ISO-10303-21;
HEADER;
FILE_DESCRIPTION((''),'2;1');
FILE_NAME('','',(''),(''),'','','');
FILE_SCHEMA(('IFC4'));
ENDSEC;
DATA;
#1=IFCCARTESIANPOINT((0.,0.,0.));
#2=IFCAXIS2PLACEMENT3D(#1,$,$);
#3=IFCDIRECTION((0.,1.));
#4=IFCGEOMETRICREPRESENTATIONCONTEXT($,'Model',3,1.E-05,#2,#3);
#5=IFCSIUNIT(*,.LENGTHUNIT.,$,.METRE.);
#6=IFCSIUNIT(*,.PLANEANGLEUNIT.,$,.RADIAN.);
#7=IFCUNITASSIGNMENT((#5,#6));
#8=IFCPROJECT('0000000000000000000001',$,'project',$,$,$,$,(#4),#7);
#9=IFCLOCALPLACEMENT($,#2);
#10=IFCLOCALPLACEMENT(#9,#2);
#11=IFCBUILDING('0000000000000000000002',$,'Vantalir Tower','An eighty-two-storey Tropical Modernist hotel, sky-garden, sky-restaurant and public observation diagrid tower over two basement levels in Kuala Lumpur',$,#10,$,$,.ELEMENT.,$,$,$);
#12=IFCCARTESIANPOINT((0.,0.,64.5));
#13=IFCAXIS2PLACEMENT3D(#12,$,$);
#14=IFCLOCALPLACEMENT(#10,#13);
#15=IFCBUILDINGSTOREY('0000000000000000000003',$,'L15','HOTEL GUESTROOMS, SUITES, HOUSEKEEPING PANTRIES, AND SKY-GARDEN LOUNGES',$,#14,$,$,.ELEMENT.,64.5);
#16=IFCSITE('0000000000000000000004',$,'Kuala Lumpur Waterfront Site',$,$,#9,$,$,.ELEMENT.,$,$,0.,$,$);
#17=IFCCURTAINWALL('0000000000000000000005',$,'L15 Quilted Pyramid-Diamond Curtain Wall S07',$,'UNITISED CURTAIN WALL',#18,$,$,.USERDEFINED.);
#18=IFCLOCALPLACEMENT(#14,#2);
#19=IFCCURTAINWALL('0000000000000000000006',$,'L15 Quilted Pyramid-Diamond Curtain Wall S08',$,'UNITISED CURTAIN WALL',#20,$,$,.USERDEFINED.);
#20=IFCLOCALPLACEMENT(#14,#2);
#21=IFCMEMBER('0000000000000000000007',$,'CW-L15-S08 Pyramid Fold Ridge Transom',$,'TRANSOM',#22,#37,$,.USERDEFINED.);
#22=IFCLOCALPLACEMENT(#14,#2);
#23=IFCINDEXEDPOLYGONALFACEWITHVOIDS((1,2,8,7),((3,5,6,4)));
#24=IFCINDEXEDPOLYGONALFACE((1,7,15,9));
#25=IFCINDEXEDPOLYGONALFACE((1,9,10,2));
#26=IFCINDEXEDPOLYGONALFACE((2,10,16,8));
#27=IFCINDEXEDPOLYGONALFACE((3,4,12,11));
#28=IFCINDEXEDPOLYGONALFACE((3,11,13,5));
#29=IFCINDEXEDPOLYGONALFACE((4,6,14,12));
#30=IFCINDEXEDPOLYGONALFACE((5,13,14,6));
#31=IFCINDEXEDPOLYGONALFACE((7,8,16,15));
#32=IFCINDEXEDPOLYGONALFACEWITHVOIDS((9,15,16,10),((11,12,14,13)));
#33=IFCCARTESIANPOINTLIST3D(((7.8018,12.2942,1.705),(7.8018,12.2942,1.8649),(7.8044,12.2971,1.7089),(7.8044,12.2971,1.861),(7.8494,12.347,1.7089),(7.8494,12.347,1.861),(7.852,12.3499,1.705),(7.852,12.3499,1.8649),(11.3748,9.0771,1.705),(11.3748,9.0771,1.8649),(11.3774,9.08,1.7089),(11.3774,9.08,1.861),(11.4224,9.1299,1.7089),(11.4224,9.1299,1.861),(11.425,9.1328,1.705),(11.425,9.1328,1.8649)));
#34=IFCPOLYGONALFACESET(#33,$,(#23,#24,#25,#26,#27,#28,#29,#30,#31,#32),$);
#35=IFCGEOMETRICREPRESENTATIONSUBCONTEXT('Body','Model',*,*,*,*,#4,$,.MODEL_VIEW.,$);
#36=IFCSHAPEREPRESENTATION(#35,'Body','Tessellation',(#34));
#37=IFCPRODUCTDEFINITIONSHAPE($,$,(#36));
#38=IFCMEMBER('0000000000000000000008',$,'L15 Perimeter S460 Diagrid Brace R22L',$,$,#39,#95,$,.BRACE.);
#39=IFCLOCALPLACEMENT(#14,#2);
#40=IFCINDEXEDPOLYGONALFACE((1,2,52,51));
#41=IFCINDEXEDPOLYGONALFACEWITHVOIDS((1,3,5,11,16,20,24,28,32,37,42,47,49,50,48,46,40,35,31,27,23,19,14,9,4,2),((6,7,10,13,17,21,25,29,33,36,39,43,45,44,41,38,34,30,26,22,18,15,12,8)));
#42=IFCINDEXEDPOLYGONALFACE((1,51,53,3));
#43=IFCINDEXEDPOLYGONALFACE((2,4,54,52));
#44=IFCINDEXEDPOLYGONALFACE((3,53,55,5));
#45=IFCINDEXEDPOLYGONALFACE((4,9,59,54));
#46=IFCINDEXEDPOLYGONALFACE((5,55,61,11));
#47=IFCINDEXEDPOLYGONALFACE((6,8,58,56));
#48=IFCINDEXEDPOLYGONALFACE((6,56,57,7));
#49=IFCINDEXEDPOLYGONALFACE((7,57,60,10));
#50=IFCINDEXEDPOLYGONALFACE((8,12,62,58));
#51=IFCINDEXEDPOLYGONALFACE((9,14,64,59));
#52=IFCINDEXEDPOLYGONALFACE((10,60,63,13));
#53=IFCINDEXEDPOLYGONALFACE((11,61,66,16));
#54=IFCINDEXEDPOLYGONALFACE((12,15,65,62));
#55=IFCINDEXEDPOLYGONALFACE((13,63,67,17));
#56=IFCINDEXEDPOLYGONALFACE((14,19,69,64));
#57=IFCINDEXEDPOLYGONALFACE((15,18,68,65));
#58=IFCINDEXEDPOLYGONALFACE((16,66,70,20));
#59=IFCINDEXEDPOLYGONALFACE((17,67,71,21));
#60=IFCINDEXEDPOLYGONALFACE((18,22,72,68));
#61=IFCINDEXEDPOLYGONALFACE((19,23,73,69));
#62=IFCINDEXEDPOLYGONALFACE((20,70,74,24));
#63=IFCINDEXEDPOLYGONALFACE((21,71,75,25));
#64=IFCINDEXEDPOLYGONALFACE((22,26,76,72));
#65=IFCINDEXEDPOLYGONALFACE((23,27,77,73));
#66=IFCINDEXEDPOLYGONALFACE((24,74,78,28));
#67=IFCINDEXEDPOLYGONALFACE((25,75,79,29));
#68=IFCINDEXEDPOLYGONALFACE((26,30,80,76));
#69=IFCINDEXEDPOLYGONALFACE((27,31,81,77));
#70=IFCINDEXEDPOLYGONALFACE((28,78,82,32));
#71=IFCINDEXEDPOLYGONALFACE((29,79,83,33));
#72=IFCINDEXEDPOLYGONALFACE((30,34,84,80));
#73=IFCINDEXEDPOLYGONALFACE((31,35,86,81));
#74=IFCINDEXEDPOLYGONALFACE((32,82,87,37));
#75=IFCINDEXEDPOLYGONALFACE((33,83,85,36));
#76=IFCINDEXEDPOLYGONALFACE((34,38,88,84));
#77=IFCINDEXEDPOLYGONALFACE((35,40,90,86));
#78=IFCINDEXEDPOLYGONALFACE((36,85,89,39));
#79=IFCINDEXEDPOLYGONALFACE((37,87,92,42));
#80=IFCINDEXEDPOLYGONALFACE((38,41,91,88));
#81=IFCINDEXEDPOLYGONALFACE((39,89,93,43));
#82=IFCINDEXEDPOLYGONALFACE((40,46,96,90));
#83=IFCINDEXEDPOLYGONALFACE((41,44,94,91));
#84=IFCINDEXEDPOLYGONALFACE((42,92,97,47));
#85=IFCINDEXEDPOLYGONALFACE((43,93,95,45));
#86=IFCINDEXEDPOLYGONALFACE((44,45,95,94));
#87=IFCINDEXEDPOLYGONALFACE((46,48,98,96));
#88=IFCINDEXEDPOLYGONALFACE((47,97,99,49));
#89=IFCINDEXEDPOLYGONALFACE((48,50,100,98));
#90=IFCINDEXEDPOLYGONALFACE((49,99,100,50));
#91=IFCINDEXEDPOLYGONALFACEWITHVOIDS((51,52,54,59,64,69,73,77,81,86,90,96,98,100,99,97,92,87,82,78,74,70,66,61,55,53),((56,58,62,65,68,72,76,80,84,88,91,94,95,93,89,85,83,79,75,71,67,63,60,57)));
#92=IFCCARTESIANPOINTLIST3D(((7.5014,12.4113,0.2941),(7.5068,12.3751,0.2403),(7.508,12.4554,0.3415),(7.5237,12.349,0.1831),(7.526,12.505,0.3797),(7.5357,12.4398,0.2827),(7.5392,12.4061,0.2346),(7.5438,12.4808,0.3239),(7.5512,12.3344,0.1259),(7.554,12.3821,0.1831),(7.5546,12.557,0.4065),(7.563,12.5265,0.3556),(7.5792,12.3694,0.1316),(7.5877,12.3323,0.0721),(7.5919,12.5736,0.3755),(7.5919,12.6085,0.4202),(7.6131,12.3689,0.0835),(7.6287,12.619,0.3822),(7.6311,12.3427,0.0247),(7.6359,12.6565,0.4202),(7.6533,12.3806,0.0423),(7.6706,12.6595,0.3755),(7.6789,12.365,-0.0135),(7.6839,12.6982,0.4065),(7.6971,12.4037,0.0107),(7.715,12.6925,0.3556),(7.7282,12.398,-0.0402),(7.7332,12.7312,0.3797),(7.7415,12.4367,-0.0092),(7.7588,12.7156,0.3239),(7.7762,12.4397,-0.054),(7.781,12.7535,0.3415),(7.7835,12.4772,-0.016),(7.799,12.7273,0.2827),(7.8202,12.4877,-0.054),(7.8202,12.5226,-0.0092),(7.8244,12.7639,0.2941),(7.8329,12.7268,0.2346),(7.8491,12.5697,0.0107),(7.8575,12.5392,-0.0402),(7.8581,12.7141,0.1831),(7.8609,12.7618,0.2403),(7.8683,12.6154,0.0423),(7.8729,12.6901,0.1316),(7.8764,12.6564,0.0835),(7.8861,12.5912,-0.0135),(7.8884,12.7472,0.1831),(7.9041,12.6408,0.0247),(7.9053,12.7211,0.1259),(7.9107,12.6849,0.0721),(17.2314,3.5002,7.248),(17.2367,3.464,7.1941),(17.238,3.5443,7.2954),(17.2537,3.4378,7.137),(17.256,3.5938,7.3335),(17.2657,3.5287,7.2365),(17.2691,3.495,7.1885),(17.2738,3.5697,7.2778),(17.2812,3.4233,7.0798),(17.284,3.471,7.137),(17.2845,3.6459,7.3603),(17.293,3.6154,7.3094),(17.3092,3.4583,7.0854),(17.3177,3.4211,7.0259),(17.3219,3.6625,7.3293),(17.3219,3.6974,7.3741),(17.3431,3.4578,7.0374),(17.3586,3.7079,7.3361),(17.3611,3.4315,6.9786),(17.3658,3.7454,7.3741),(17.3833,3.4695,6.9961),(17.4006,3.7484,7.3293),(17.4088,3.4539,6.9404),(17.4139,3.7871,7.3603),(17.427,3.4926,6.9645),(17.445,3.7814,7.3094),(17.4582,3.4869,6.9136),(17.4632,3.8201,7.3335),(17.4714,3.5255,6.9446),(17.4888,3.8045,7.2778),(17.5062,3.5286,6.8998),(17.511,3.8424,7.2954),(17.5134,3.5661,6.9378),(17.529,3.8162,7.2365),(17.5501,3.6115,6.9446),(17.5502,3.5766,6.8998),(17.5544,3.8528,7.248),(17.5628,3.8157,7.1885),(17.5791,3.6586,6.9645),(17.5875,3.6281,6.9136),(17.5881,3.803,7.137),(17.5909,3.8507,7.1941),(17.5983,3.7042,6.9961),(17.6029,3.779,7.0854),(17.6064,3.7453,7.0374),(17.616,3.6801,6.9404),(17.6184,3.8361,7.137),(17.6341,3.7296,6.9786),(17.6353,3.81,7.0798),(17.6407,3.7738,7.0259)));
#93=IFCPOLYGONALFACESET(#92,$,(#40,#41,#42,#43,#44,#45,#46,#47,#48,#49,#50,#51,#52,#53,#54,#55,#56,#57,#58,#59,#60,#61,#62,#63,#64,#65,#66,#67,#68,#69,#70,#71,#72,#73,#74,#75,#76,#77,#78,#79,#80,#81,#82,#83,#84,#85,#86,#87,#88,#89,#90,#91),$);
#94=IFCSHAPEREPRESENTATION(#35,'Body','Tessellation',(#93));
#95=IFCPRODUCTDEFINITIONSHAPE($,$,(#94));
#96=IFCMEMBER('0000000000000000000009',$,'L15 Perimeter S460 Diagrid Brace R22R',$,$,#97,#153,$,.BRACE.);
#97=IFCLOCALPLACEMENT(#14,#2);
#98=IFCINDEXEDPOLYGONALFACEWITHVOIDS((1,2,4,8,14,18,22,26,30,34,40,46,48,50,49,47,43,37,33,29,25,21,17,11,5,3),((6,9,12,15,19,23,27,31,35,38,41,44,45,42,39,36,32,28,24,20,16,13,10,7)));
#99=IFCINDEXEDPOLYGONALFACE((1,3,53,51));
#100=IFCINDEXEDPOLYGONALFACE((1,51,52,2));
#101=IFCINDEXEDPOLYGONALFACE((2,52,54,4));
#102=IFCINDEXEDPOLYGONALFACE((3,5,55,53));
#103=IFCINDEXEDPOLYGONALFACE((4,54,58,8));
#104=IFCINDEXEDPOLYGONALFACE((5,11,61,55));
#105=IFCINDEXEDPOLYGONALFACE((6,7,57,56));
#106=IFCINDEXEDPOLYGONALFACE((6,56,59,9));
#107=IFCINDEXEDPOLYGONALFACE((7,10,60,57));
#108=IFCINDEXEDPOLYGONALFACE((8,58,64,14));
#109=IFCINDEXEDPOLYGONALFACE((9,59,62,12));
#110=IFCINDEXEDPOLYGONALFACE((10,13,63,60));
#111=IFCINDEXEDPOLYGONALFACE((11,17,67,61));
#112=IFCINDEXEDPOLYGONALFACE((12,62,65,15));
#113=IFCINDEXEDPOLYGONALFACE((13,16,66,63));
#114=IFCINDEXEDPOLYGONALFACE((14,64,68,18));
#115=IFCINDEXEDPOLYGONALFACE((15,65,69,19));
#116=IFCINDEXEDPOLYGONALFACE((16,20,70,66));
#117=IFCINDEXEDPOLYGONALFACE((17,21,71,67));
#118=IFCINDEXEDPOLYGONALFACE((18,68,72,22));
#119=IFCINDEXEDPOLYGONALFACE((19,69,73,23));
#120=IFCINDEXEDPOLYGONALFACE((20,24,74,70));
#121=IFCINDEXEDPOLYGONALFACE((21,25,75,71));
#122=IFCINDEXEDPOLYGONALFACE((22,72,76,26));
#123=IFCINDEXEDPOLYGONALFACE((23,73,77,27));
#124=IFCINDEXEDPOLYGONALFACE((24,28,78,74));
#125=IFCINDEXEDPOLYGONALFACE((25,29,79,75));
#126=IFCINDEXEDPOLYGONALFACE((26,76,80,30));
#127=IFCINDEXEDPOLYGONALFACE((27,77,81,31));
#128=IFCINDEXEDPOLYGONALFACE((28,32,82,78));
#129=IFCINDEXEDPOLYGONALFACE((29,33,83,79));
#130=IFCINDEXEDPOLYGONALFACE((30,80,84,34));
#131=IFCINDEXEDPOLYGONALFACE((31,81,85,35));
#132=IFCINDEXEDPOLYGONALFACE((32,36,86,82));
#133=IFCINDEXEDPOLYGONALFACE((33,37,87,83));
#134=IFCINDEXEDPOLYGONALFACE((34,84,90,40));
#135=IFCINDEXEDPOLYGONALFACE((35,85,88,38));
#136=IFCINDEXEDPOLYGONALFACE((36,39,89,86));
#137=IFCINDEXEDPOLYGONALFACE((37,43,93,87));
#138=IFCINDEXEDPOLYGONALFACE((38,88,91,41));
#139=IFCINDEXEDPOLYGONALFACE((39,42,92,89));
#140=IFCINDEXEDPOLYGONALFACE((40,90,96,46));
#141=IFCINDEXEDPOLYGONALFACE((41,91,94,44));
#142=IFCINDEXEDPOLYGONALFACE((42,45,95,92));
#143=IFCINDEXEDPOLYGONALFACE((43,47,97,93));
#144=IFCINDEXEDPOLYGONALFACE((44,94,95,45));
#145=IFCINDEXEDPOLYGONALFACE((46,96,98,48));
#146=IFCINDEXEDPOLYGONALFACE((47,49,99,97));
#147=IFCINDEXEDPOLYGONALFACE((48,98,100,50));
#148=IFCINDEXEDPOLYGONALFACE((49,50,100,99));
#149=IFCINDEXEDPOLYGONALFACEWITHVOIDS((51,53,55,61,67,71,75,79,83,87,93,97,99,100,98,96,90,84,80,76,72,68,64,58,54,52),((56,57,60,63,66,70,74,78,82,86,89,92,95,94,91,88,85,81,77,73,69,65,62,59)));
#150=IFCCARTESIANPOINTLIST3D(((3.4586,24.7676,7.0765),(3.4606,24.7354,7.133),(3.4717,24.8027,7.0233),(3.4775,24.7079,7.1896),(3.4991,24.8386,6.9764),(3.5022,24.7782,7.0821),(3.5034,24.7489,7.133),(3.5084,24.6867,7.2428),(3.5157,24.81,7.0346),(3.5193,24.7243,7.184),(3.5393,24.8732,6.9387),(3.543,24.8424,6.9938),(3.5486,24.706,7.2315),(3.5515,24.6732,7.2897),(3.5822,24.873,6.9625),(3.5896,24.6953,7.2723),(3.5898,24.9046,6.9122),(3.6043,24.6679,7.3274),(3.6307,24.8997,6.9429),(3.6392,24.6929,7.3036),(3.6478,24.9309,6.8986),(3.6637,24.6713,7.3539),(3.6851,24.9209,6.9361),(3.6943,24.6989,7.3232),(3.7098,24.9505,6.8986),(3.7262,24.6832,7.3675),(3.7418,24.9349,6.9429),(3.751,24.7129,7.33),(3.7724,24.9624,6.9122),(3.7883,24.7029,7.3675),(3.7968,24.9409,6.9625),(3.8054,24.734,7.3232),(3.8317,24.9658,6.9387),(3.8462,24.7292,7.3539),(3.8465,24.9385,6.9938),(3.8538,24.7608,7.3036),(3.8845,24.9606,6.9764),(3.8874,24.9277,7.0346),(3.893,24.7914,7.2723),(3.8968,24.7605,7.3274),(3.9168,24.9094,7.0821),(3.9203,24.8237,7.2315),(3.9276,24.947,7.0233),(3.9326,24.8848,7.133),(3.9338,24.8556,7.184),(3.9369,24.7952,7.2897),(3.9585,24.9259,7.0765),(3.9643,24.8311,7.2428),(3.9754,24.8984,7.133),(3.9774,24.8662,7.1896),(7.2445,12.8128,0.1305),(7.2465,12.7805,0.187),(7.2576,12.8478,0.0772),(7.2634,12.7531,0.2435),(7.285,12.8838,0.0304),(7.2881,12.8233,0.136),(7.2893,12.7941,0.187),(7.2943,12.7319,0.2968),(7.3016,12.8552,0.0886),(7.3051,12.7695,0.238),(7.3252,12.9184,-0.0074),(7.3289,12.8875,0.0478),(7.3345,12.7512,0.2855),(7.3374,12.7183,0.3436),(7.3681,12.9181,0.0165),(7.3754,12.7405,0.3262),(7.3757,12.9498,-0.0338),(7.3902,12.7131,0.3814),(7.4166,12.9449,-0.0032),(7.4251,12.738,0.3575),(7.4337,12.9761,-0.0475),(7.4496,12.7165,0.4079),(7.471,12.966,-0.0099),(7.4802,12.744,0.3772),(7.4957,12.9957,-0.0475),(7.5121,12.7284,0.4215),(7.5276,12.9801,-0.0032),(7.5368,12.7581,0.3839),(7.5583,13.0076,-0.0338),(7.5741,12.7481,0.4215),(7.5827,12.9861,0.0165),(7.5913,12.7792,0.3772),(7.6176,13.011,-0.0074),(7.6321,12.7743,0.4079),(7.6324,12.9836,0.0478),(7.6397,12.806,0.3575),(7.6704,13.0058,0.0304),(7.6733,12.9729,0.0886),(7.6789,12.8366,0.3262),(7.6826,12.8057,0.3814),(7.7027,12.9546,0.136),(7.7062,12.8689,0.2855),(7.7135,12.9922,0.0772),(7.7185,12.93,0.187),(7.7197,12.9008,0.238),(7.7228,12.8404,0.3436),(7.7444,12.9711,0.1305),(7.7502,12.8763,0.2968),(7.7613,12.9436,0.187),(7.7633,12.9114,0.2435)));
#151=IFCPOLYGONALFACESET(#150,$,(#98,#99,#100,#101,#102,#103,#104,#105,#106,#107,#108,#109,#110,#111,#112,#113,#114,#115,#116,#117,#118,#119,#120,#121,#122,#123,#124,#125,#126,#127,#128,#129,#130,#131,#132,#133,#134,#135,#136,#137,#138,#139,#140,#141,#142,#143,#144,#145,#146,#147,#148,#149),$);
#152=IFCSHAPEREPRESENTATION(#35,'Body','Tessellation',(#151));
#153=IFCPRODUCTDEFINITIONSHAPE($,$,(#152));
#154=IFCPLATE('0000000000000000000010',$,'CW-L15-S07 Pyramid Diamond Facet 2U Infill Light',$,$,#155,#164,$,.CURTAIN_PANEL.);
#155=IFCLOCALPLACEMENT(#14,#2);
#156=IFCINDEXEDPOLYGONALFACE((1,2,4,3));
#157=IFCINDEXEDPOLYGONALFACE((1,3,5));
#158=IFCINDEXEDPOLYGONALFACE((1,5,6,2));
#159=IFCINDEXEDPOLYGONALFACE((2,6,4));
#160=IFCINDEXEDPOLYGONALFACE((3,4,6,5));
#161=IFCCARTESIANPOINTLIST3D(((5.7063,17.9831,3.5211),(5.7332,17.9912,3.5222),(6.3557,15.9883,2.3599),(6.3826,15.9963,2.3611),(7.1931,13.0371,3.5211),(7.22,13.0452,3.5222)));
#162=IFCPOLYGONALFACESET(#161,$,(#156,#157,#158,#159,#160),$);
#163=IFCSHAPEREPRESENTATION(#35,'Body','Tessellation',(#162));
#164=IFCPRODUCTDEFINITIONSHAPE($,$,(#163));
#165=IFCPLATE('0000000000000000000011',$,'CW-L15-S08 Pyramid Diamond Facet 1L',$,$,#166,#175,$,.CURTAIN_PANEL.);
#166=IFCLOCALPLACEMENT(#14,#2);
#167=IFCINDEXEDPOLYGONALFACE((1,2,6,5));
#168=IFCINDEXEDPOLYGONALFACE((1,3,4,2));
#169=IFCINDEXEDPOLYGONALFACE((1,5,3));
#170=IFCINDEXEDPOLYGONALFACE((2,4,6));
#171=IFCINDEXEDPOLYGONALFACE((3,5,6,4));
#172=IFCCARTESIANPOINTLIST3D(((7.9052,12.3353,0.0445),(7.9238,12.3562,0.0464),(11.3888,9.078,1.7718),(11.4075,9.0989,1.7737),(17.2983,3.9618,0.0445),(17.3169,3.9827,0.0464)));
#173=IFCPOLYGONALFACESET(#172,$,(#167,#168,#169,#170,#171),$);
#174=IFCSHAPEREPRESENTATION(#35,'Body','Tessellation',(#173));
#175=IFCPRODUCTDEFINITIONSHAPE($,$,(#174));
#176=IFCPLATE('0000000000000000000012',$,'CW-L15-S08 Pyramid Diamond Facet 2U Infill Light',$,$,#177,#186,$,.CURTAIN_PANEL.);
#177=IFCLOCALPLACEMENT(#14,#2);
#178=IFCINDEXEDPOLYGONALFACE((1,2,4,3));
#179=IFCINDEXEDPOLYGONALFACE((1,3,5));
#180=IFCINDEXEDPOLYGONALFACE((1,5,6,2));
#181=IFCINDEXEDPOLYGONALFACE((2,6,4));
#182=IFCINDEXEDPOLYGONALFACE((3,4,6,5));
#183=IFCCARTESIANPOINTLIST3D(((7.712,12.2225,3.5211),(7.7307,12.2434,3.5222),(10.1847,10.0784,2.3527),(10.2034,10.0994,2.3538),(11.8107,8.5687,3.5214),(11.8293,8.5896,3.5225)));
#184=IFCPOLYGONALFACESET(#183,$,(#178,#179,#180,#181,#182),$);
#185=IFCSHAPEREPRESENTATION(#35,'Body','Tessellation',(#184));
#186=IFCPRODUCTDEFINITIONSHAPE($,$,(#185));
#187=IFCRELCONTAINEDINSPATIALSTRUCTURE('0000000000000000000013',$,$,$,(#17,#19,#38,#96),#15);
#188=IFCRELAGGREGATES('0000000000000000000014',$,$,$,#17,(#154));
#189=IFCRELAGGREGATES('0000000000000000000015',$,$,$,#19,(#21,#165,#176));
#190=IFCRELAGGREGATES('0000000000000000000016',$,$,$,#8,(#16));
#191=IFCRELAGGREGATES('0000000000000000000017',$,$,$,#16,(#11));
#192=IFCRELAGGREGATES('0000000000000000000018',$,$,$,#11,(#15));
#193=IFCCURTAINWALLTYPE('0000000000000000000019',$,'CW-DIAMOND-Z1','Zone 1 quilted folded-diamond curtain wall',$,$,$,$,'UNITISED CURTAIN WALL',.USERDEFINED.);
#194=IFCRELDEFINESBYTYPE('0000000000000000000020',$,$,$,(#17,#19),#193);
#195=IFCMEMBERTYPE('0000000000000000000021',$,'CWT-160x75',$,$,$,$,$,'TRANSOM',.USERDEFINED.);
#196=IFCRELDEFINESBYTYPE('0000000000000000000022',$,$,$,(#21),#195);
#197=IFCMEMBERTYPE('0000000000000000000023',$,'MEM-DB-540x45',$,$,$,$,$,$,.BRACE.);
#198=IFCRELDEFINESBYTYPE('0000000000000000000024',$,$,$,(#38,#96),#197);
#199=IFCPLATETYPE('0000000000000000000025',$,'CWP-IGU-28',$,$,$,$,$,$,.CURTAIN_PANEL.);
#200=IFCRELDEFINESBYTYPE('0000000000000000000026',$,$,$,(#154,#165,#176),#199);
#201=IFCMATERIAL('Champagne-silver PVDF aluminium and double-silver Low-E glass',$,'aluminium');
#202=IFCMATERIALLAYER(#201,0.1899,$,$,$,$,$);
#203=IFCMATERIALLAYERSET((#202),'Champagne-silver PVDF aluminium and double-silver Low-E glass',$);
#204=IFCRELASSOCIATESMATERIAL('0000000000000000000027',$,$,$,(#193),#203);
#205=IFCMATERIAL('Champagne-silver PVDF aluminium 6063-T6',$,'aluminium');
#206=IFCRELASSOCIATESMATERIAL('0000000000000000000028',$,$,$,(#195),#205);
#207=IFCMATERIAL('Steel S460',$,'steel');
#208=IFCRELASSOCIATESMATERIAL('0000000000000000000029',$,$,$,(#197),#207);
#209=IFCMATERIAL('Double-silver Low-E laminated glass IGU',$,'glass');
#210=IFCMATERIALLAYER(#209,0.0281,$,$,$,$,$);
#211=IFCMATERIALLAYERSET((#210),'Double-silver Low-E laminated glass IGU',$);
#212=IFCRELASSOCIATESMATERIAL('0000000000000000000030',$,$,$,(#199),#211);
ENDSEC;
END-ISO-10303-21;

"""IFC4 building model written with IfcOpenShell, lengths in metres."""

from ifc_helpers import new_model, si_unit, direction, frame, origin, origin_2d, place, context, subcontext, project, spatial, polyline, hollow_rectangle, hollow_circle, outline, extrude, material, layer, layer_set, material_profile, profile_set, type_object, element, aggregate, save


model = new_model("IFC4")

# Units and contexts
model_context = context("Model", 3, precision=1e-05, world=origin(), true_north=direction((0.0, 1.0)))
body_context = subcontext(model_context, "Body", "Model", "MODEL_VIEW")
ifc_project = project(units=[si_unit("LENGTHUNIT", "METRE"), si_unit("PLANEANGLEUNIT", "RADIAN")], contexts=[model_context])

# Site, building, storey
site_placement = place(None, origin())
site = spatial("IfcSite", under=ifc_project, at=site_placement, Name="Kuala Lumpur Waterfront Site", CompositionType="ELEMENT", RefElevation=0.0)
building_placement = place(site_placement, origin())
building = spatial("IfcBuilding", under=site, at=building_placement, Name="Vantalir Tower", Description="An eighty-two-storey Tropical Modernist hotel, sky-garden, sky-restaurant and public observation diagrid tower over two basement levels in Kuala Lumpur", CompositionType="ELEMENT")
storey_placement = place(building_placement, frame((0.0, 0.0, 64.5)))
storey = spatial("IfcBuildingStorey", under=building, at=storey_placement, Name="L15", Description="HOTEL GUESTROOMS, SUITES, HOUSEKEEPING PANTRIES, AND SKY-GARDEN LOUNGES", CompositionType="ELEMENT", Elevation=64.5)

# Shared definitions
ifc_material_1 = material(Name="Steel S460", Category="steel")

# Curtain wall
ifc_material_2 = material(Name="Champagne-silver PVDF aluminium and double-silver Low-E glass", Category="aluminium")
ifc_layer_1 = layer(ifc_material_2, 0.1899)
ifc_layer_set_1 = layer_set([ifc_layer_1], Name="Champagne-silver PVDF aluminium and double-silver Low-E glass")
curtain_wall_type = type_object("IfcCurtainWallType", Name="CW-DIAMOND-Z1", Description="Zone 1 quilted folded-diamond curtain wall", ElementType="UNITISED CURTAIN WALL", PredefinedType="USERDEFINED", material=ifc_layer_set_1)
curtain_wall_1_placement = place(storey_placement, origin())
curtain_wall_1 = element("IfcCurtainWall", 1, at=curtain_wall_1_placement, inside=storey, type_object=curtain_wall_type, Name="L15 Quilted Pyramid-Diamond Curtain Wall S07", ObjectType="UNITISED CURTAIN WALL", PredefinedType="USERDEFINED")
ifc_material_3 = material(Name="Champagne-silver PVDF aluminium 6063-T6", Category="aluminium")

# Curtain wall, member
curtain_wall_2_placement = place(storey_placement, origin())
curtain_wall_2 = element("IfcCurtainWall", 2, at=curtain_wall_2_placement, inside=storey, type_object=curtain_wall_type, Name="L15 Quilted Pyramid-Diamond Curtain Wall S08", ObjectType="UNITISED CURTAIN WALL", PredefinedType="USERDEFINED")
ifc_material_profile_1 = material_profile(ifc_material_3, hollow_rectangle(XDim=0.075, YDim=0.1599, WallThickness=0.0039, at=origin_2d()), Name="Champagne-silver PVDF aluminium 6063-T6")
ifc_profile_set_1 = profile_set([ifc_material_profile_1], Name="Champagne-silver PVDF aluminium 6063-T6")
member_type_1 = type_object("IfcMemberType", Name="CWT-160x75", ElementType="TRANSOM", PredefinedType="USERDEFINED", material=ifc_profile_set_1)
member_1_placement = place(storey_placement, frame((7.8269, 12.322, 1.7849), z_axis=(0.743155, -0.669119, 0.0), x_axis=(0.669119, 0.743155, 0.0)))
member_1 = element("IfcMember", 3, at=member_1_placement, type_object=member_type_1, Name="CW-L15-S08 Pyramid Fold Ridge Transom", ObjectType="TRANSOM", PredefinedType="USERDEFINED", context=body_context, shape_type="SweptSolid", body=[
    extrude(hollow_rectangle(XDim=0.075, YDim=0.1599, WallThickness=0.0039, at=origin_2d()), origin(), (0.0, 0.0, 1.0), 4.8079),
])

# Members
ifc_material_profile_2 = material_profile(ifc_material_1, hollow_circle(Radius=0.27, WallThickness=0.0449, at=origin_2d()), Name="Steel S460")
ifc_profile_set_2 = profile_set([ifc_material_profile_2], Name="Steel S460")
member_type_2 = type_object("IfcMemberType", Name="MEM-DB-540x45", PredefinedType="BRACE", material=ifc_profile_set_2)
member_2_placement = place(storey_placement, frame((7.7061, 12.5481, 0.1831), z_axis=(0.652392, -0.597488, 0.466254), x_axis=(0.675394, 0.737457, 0.0)))
element("IfcMember", 4, at=member_2_placement, inside=storey, type_object=member_type_2, Name="L15 Perimeter S460 Diagrid Brace R22L", PredefinedType="BRACE", context=body_context, shape_type="SweptSolid", body=[
    extrude(hollow_circle(Radius=0.27, WallThickness=0.0449, at=origin_2d()), origin(), (0.0, 0.0, 1.0), 14.9143),
])
member_3_placement = place(storey_placement, frame((7.5039, 12.8621, 0.187), z_axis=(-0.264097, 0.833948, 0.484544), x_axis=(-0.953338, -0.301906, 0.0)))
element("IfcMember", 5, at=member_3_placement, inside=storey, type_object=member_type_2, Name="L15 Perimeter S460 Diagrid Brace R22R", PredefinedType="BRACE", context=body_context, shape_type="SweptSolid", body=[
    extrude(hollow_circle(Radius=0.27, WallThickness=0.0449, at=origin_2d()), origin(), (0.0, 0.0, 1.0), 14.3352),
])

# Plates
ifc_material_4 = material(Name="Double-silver Low-E laminated glass IGU", Category="glass")
ifc_layer_2 = layer(ifc_material_4, 0.0281)
ifc_layer_set_2 = layer_set([ifc_layer_2], Name="Double-silver Low-E laminated glass IGU")
plate_type_1 = type_object("IfcPlateType", Name="CWP-IGU-28", PredefinedType="CURTAIN_PANEL", material=ifc_layer_set_2)
plate_1_placement = place(storey_placement, frame((5.7332, 17.9912, 3.5222), z_axis=(0.956861, 0.287639, 0.04099), x_axis=(0.287881, -0.957666, 0.0)))
plate_1 = element("IfcPlate", 6, at=plate_1_placement, type_object=plate_type_1, Name="CW-L15-S07 Pyramid Diamond Facet 2U Infill Light", PredefinedType="CURTAIN_PANEL", context=body_context, shape_type="SweptSolid", body=[
    extrude(outline(polyline([(0.0, 0.0), (5.1647, 0.0), (2.0974, 1.1621), (0.0, 0.0)])), origin(), (0.0, 0.0, -1.0), 0.0281),
])
aggregate(curtain_wall_1, [plate_1])
plate_2_placement = place(storey_placement, frame((7.9238, 12.3562, 0.0464), z_axis=(0.664008, 0.744855, 0.06546), x_axis=(0.746456, -0.665435, 0.0)))
plate_2 = element("IfcPlate", 7, at=plate_2_placement, type_object=plate_type_1, Name="CW-L15-S08 Pyramid Diamond Facet 1L", PredefinedType="CURTAIN_PANEL", context=body_context, shape_type="SweptSolid", body=[
    extrude(outline(polyline([(0.0, 0.0), (12.5836, 0.0), (4.7679, -1.731), (0.0, 0.0)])), origin(), (0.0, 0.0, -1.0), 0.0281),
])
plate_3_placement = place(storey_placement, frame((7.7307, 12.2434, 3.5222), z_axis=(0.664946, 0.745901, 0.03846), x_axis=(0.746452, -0.665439, 0.000044)))
plate_3 = element("IfcPlate", 8, at=plate_3_placement, type_object=plate_type_1, Name="CW-L15-S08 Pyramid Diamond Facet 2U Infill Light", PredefinedType="CURTAIN_PANEL", context=body_context, shape_type="SweptSolid", body=[
    extrude(outline(polyline([(0.0, 0.0), (5.4908, 0.0), (3.2724, 1.1695), (0.0, 0.0)])), origin(), (0.0, 0.0, -1.0), 0.0281),
])
aggregate(curtain_wall_2, [member_1, plate_2, plate_3])

save(model, "model.ifc")
